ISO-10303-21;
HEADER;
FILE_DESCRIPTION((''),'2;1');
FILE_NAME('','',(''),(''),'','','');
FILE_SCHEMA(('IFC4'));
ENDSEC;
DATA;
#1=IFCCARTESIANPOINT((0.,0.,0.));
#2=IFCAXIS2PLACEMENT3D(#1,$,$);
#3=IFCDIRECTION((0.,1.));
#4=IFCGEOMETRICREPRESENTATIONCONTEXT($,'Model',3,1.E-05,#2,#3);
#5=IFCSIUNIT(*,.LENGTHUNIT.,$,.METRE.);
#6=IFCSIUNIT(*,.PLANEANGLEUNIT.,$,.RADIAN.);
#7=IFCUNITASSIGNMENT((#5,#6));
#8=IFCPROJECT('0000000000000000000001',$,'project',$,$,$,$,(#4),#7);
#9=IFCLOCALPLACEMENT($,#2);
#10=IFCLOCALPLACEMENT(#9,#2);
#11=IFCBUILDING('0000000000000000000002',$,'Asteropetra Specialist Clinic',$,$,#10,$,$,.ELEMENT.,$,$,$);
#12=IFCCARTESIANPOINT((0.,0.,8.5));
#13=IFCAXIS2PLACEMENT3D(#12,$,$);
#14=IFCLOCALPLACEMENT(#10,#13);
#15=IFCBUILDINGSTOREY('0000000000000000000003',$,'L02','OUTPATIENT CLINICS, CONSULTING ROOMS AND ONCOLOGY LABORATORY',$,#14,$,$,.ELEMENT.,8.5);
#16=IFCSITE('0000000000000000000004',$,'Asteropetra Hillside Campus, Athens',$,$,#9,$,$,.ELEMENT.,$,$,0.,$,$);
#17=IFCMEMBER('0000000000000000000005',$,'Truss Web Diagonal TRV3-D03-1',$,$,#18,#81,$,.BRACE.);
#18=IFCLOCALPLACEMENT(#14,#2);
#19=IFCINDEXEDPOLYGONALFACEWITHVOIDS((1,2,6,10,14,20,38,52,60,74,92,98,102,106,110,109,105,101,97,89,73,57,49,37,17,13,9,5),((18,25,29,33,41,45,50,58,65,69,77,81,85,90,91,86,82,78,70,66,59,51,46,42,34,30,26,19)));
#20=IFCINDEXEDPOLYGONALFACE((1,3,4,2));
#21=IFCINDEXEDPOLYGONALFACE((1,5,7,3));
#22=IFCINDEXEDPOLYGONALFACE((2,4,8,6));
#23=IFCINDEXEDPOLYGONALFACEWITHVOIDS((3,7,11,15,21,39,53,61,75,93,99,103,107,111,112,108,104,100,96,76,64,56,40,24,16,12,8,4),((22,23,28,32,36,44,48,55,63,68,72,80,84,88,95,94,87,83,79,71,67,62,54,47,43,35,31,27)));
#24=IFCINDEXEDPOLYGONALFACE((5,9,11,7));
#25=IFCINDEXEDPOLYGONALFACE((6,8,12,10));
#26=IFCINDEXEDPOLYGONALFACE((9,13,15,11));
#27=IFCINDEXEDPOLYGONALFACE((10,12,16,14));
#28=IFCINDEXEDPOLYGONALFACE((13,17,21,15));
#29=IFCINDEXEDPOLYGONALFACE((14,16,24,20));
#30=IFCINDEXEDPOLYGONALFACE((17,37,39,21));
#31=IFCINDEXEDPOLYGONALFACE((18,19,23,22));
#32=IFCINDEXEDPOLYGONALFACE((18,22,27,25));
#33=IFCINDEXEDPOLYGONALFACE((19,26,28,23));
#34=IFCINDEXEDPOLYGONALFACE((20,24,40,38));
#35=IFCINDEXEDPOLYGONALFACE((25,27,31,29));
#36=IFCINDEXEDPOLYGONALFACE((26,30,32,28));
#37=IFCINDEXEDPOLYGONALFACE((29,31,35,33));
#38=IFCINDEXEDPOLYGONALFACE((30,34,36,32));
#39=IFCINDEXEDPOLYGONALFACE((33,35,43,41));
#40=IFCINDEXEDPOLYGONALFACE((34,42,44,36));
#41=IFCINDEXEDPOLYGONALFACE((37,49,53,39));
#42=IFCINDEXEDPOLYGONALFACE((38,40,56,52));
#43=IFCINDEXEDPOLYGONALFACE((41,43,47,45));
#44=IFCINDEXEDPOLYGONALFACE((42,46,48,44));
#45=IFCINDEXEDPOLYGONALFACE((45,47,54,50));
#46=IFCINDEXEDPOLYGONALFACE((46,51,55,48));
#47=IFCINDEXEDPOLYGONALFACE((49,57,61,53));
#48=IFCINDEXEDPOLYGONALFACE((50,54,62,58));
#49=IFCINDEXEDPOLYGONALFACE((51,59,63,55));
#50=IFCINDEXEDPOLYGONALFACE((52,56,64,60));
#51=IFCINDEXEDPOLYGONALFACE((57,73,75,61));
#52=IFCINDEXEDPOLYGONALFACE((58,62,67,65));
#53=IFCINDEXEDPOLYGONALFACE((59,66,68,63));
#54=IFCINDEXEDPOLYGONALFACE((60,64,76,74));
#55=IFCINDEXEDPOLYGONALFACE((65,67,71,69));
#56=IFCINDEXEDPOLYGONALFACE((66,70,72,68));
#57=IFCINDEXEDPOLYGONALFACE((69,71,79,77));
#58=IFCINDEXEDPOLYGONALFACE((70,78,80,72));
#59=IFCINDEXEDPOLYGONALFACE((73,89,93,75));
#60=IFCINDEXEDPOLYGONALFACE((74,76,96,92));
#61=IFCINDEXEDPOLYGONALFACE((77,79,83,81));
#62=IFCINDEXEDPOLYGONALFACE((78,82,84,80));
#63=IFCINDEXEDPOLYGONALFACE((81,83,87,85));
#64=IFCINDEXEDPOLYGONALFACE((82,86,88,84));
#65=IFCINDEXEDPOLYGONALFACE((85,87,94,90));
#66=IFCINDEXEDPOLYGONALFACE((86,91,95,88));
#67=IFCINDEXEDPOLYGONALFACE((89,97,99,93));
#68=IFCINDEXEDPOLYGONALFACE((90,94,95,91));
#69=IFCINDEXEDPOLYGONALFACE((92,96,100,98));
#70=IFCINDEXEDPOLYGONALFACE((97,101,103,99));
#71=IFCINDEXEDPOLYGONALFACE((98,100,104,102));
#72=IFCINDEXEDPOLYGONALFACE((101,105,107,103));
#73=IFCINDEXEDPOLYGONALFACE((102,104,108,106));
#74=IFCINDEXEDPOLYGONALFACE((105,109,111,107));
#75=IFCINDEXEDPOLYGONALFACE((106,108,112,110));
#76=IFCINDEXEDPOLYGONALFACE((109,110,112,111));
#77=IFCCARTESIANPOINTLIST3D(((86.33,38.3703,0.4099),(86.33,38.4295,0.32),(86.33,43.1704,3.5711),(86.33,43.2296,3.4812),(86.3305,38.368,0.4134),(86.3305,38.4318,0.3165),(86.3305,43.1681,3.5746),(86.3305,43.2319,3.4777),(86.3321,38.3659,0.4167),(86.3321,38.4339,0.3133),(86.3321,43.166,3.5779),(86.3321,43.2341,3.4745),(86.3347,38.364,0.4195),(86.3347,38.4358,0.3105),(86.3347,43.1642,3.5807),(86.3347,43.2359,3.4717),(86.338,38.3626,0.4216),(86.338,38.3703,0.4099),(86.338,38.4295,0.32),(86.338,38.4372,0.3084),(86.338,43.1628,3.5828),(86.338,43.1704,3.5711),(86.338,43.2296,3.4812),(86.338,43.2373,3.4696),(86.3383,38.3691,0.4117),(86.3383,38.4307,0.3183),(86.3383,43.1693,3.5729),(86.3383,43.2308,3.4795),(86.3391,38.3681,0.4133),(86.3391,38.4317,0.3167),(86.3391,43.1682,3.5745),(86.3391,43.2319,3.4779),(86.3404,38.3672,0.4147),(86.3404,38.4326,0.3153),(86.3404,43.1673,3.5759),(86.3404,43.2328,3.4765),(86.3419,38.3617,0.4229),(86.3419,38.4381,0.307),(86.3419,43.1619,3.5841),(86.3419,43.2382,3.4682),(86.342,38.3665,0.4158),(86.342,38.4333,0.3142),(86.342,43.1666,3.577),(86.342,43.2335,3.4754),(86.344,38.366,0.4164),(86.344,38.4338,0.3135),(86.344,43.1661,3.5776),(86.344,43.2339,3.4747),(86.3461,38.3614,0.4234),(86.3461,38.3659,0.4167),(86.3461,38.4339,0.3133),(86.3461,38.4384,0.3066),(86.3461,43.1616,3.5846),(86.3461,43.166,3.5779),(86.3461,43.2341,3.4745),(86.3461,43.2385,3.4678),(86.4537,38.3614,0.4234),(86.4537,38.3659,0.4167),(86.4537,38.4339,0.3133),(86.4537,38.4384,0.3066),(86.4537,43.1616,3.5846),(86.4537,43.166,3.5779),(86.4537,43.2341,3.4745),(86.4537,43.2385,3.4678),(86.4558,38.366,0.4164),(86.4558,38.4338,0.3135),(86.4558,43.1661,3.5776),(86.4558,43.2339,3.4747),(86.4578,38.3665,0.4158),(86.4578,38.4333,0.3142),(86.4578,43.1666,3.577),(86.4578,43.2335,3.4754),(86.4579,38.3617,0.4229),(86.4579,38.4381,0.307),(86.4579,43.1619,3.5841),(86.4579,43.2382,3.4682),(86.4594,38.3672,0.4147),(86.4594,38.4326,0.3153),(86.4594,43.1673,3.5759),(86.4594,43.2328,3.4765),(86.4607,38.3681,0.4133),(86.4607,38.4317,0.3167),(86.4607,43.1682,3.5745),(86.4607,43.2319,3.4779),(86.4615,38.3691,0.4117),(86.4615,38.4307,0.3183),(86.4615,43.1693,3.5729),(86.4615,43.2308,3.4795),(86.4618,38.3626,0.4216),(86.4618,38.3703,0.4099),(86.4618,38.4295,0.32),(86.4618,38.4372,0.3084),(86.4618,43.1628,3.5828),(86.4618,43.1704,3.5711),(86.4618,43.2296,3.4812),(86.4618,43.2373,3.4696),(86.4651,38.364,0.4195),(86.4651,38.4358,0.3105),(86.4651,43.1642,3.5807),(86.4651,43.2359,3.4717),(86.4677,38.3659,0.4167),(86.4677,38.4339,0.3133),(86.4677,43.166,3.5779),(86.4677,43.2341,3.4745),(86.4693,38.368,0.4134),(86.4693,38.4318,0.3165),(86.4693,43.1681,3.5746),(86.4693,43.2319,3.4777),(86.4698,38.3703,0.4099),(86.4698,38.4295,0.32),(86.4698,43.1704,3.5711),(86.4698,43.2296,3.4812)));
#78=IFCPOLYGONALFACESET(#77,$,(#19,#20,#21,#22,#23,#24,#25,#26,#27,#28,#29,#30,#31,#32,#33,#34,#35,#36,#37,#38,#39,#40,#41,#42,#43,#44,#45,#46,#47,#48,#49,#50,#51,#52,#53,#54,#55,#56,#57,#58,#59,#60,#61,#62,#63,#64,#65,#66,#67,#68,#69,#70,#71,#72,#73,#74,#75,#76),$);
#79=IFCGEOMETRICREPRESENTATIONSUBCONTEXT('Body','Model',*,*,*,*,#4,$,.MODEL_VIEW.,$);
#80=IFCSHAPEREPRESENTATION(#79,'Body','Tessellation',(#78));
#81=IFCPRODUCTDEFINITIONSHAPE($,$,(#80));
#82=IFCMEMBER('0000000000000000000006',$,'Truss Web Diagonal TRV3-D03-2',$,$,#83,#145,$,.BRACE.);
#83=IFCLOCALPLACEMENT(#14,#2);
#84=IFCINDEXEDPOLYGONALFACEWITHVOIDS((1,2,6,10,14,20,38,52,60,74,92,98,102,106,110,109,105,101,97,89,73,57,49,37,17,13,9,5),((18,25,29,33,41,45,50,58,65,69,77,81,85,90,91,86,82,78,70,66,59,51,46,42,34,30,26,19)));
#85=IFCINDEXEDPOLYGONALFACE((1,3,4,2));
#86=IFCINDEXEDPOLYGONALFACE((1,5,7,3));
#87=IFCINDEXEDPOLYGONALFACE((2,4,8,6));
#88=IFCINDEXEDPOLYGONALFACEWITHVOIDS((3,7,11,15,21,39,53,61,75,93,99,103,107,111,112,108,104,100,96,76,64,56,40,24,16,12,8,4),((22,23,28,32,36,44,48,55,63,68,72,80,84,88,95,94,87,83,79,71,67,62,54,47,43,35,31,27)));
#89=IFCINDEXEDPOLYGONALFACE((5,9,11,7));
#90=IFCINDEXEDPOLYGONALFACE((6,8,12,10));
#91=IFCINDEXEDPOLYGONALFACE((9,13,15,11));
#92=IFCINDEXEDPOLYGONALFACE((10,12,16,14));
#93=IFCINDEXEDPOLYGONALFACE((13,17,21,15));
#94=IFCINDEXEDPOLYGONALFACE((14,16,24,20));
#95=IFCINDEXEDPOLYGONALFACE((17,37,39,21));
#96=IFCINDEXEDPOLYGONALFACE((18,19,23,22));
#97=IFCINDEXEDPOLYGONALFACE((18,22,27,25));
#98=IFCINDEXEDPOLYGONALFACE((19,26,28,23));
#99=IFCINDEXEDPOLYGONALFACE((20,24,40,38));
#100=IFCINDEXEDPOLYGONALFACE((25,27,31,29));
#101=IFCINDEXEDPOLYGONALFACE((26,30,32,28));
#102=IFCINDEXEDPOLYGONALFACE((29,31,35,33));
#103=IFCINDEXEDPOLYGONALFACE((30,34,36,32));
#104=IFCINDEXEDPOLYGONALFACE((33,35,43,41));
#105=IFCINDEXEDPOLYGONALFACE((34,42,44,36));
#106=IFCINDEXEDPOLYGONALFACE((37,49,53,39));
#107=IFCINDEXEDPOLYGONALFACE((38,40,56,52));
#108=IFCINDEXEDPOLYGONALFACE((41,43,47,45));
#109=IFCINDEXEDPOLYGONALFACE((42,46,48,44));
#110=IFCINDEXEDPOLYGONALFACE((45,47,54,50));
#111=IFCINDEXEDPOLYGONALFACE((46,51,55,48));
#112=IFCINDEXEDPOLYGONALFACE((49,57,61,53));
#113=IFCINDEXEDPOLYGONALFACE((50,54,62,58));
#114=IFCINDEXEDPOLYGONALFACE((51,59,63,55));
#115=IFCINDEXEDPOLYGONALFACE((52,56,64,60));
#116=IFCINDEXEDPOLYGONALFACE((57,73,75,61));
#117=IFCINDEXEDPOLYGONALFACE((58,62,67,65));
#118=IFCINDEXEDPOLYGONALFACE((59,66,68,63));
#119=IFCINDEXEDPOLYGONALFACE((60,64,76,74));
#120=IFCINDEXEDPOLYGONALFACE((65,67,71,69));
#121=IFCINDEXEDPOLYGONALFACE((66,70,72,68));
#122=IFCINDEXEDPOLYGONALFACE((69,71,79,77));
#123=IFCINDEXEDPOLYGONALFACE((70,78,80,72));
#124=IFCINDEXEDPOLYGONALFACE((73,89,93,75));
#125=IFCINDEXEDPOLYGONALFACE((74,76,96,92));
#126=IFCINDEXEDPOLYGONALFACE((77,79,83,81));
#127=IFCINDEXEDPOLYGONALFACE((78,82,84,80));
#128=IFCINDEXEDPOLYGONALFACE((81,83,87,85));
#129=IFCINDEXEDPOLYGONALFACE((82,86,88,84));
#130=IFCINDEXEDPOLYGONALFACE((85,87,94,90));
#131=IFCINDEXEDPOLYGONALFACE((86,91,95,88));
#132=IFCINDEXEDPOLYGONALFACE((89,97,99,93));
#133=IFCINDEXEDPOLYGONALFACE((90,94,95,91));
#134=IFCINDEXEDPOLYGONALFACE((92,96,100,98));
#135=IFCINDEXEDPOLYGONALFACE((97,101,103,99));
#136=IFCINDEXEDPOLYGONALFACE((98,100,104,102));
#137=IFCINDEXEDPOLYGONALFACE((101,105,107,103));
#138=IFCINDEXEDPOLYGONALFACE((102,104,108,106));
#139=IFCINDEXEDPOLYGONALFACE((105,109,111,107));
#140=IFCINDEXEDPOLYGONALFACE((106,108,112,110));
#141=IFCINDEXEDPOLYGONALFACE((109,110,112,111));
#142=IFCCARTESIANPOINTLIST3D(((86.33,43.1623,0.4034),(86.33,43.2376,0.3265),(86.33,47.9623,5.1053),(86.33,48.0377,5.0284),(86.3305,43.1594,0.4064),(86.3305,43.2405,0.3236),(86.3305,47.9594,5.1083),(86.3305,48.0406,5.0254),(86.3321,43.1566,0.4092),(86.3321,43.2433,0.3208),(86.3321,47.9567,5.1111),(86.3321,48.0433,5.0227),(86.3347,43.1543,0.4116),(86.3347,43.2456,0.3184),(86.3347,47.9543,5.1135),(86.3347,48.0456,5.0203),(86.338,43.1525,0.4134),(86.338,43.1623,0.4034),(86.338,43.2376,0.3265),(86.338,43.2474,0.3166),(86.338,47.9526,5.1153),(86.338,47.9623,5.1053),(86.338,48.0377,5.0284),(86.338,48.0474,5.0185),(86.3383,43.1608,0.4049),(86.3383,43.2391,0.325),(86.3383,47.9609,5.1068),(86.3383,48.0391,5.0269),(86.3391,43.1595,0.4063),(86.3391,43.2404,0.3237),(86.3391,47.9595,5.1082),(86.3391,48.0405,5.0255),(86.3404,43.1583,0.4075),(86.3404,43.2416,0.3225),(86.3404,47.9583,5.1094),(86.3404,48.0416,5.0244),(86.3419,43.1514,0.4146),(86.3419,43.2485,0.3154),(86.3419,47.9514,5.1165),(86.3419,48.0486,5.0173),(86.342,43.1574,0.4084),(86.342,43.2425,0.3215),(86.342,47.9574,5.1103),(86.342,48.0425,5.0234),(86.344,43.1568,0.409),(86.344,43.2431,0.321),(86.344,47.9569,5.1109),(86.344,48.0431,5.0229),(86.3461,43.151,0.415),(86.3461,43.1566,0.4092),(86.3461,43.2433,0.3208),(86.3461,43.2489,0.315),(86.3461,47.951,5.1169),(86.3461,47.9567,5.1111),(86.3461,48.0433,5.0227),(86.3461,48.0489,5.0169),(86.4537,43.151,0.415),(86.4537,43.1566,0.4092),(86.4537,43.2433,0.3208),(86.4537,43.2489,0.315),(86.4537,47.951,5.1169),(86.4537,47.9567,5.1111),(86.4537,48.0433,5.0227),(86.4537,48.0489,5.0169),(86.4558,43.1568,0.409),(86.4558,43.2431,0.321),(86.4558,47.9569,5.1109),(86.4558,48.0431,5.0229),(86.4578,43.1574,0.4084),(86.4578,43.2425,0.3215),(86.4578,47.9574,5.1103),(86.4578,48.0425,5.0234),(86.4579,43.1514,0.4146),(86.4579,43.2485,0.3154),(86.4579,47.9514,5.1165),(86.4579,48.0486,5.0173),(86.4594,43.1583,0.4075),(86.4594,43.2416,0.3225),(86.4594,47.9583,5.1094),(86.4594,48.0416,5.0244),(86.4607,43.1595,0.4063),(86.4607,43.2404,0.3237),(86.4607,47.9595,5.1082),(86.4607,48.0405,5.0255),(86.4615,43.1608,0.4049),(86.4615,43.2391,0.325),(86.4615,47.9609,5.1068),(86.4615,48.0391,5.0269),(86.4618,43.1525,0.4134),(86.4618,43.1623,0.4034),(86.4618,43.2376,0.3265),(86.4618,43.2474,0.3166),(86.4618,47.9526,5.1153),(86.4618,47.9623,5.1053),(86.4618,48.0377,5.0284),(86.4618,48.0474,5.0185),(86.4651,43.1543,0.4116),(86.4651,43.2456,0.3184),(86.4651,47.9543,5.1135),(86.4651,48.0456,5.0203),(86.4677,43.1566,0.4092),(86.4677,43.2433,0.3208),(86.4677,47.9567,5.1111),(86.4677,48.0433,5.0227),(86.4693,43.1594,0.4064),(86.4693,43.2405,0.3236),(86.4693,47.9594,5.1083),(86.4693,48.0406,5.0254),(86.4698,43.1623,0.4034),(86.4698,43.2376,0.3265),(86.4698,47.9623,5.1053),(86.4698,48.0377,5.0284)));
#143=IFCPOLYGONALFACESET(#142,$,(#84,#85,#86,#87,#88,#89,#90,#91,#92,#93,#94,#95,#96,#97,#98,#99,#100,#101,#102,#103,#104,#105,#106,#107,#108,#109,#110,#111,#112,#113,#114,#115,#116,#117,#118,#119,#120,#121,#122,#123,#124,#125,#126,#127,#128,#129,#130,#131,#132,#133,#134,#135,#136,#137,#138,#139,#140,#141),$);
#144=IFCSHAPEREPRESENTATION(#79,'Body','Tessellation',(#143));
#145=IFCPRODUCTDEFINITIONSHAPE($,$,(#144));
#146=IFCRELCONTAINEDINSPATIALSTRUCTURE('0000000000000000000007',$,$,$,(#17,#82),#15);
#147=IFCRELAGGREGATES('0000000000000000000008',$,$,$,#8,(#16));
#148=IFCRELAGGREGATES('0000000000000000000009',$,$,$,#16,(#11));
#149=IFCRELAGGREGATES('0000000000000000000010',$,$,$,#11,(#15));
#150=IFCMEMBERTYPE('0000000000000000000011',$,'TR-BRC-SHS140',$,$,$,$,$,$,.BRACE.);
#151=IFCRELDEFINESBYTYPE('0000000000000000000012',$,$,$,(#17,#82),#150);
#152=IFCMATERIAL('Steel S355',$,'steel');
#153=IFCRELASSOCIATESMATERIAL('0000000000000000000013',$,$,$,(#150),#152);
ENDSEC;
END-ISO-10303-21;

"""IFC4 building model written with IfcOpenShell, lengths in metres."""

from ifc_helpers import new_model, si_unit, direction, frame, origin, origin_2d, place, context, subcontext, project, spatial, hollow_rectangle, extrude, material, material_profile, profile_set, type_object, element, save


model = new_model("IFC4")

# Units and contexts
model_context = context("Model", 3, precision=1e-05, world=origin(), true_north=direction((0.0, 1.0)))
body_context = subcontext(model_context, "Body", "Model", "MODEL_VIEW")
ifc_project = project(units=[si_unit("LENGTHUNIT", "METRE"), si_unit("PLANEANGLEUNIT", "RADIAN")], contexts=[model_context])

# Site, building, storey
site_placement = place(None, origin())
site = spatial("IfcSite", under=ifc_project, at=site_placement, Name="Asteropetra Hillside Campus, Athens", CompositionType="ELEMENT", RefElevation=0.0)
building_placement = place(site_placement, origin())
building = spatial("IfcBuilding", under=site, at=building_placement, Name="Asteropetra Specialist Clinic", CompositionType="ELEMENT")
storey_placement = place(building_placement, frame((0.0, 0.0, 8.5)))
storey = spatial("IfcBuildingStorey", under=building, at=storey_placement, Name="L02", Description="OUTPATIENT CLINICS, CONSULTING ROOMS AND ONCOLOGY LABORATORY", CompositionType="ELEMENT", Elevation=8.5)

# Members
ifc_material_1 = material(Name="Steel S355", Category="steel")
ifc_material_profile_1 = material_profile(ifc_material_1, hollow_rectangle(XDim=0.1399, YDim=0.1399, WallThickness=0.0081, InnerFilletRadius=0.0081, OuterFilletRadius=0.0161, at=origin_2d()), Name="SHS 140x140x8.0")
ifc_profile_set_1 = profile_set([ifc_material_profile_1], Name="Steel S355")
member_type_1 = type_object("IfcMemberType", Name="TR-BRC-SHS140", PredefinedType="BRACE", material=ifc_profile_set_1)
member_1_placement = place(storey_placement, frame((86.3999, 38.3999, 0.365), z_axis=(0.0, 0.835161, 0.550006), x_axis=(-1.0, 0.0, 0.0)))
element("IfcMember", 1, at=member_1_placement, inside=storey, type_object=member_type_1, Name="Truss Web Diagonal TRV3-D03-1", PredefinedType="BRACE", context=body_context, shape_type="SweptSolid", body=[
    extrude(hollow_rectangle(XDim=0.1399, YDim=0.1399, WallThickness=0.0081, InnerFilletRadius=0.0081, OuterFilletRadius=0.0161, at=origin_2d()), origin(), (0.0, 0.0, 1.0), 5.7476),
])
for number, where, z_axis, x_axis, name in (
    (2, (86.3999, 43.2, 0.365), (0.0, 0.714372, 0.699766), (-1.0, 0.0, 0.0), "Truss Web Diagonal TRV3-D03-2"),
):
    element("IfcMember", number, at=place(storey_placement, frame(where, z_axis=z_axis, x_axis=x_axis)), inside=storey, type_object=member_type_1, Name=name, PredefinedType="BRACE", context=body_context, shape_type="SweptSolid", body=[
        extrude(hollow_rectangle(XDim=0.1399, YDim=0.1399, WallThickness=0.0081, InnerFilletRadius=0.0081, OuterFilletRadius=0.0161, at=origin_2d()), origin(), (0.0, 0.0, 1.0), 6.7192),
    ])

save(model, "model.ifc")
